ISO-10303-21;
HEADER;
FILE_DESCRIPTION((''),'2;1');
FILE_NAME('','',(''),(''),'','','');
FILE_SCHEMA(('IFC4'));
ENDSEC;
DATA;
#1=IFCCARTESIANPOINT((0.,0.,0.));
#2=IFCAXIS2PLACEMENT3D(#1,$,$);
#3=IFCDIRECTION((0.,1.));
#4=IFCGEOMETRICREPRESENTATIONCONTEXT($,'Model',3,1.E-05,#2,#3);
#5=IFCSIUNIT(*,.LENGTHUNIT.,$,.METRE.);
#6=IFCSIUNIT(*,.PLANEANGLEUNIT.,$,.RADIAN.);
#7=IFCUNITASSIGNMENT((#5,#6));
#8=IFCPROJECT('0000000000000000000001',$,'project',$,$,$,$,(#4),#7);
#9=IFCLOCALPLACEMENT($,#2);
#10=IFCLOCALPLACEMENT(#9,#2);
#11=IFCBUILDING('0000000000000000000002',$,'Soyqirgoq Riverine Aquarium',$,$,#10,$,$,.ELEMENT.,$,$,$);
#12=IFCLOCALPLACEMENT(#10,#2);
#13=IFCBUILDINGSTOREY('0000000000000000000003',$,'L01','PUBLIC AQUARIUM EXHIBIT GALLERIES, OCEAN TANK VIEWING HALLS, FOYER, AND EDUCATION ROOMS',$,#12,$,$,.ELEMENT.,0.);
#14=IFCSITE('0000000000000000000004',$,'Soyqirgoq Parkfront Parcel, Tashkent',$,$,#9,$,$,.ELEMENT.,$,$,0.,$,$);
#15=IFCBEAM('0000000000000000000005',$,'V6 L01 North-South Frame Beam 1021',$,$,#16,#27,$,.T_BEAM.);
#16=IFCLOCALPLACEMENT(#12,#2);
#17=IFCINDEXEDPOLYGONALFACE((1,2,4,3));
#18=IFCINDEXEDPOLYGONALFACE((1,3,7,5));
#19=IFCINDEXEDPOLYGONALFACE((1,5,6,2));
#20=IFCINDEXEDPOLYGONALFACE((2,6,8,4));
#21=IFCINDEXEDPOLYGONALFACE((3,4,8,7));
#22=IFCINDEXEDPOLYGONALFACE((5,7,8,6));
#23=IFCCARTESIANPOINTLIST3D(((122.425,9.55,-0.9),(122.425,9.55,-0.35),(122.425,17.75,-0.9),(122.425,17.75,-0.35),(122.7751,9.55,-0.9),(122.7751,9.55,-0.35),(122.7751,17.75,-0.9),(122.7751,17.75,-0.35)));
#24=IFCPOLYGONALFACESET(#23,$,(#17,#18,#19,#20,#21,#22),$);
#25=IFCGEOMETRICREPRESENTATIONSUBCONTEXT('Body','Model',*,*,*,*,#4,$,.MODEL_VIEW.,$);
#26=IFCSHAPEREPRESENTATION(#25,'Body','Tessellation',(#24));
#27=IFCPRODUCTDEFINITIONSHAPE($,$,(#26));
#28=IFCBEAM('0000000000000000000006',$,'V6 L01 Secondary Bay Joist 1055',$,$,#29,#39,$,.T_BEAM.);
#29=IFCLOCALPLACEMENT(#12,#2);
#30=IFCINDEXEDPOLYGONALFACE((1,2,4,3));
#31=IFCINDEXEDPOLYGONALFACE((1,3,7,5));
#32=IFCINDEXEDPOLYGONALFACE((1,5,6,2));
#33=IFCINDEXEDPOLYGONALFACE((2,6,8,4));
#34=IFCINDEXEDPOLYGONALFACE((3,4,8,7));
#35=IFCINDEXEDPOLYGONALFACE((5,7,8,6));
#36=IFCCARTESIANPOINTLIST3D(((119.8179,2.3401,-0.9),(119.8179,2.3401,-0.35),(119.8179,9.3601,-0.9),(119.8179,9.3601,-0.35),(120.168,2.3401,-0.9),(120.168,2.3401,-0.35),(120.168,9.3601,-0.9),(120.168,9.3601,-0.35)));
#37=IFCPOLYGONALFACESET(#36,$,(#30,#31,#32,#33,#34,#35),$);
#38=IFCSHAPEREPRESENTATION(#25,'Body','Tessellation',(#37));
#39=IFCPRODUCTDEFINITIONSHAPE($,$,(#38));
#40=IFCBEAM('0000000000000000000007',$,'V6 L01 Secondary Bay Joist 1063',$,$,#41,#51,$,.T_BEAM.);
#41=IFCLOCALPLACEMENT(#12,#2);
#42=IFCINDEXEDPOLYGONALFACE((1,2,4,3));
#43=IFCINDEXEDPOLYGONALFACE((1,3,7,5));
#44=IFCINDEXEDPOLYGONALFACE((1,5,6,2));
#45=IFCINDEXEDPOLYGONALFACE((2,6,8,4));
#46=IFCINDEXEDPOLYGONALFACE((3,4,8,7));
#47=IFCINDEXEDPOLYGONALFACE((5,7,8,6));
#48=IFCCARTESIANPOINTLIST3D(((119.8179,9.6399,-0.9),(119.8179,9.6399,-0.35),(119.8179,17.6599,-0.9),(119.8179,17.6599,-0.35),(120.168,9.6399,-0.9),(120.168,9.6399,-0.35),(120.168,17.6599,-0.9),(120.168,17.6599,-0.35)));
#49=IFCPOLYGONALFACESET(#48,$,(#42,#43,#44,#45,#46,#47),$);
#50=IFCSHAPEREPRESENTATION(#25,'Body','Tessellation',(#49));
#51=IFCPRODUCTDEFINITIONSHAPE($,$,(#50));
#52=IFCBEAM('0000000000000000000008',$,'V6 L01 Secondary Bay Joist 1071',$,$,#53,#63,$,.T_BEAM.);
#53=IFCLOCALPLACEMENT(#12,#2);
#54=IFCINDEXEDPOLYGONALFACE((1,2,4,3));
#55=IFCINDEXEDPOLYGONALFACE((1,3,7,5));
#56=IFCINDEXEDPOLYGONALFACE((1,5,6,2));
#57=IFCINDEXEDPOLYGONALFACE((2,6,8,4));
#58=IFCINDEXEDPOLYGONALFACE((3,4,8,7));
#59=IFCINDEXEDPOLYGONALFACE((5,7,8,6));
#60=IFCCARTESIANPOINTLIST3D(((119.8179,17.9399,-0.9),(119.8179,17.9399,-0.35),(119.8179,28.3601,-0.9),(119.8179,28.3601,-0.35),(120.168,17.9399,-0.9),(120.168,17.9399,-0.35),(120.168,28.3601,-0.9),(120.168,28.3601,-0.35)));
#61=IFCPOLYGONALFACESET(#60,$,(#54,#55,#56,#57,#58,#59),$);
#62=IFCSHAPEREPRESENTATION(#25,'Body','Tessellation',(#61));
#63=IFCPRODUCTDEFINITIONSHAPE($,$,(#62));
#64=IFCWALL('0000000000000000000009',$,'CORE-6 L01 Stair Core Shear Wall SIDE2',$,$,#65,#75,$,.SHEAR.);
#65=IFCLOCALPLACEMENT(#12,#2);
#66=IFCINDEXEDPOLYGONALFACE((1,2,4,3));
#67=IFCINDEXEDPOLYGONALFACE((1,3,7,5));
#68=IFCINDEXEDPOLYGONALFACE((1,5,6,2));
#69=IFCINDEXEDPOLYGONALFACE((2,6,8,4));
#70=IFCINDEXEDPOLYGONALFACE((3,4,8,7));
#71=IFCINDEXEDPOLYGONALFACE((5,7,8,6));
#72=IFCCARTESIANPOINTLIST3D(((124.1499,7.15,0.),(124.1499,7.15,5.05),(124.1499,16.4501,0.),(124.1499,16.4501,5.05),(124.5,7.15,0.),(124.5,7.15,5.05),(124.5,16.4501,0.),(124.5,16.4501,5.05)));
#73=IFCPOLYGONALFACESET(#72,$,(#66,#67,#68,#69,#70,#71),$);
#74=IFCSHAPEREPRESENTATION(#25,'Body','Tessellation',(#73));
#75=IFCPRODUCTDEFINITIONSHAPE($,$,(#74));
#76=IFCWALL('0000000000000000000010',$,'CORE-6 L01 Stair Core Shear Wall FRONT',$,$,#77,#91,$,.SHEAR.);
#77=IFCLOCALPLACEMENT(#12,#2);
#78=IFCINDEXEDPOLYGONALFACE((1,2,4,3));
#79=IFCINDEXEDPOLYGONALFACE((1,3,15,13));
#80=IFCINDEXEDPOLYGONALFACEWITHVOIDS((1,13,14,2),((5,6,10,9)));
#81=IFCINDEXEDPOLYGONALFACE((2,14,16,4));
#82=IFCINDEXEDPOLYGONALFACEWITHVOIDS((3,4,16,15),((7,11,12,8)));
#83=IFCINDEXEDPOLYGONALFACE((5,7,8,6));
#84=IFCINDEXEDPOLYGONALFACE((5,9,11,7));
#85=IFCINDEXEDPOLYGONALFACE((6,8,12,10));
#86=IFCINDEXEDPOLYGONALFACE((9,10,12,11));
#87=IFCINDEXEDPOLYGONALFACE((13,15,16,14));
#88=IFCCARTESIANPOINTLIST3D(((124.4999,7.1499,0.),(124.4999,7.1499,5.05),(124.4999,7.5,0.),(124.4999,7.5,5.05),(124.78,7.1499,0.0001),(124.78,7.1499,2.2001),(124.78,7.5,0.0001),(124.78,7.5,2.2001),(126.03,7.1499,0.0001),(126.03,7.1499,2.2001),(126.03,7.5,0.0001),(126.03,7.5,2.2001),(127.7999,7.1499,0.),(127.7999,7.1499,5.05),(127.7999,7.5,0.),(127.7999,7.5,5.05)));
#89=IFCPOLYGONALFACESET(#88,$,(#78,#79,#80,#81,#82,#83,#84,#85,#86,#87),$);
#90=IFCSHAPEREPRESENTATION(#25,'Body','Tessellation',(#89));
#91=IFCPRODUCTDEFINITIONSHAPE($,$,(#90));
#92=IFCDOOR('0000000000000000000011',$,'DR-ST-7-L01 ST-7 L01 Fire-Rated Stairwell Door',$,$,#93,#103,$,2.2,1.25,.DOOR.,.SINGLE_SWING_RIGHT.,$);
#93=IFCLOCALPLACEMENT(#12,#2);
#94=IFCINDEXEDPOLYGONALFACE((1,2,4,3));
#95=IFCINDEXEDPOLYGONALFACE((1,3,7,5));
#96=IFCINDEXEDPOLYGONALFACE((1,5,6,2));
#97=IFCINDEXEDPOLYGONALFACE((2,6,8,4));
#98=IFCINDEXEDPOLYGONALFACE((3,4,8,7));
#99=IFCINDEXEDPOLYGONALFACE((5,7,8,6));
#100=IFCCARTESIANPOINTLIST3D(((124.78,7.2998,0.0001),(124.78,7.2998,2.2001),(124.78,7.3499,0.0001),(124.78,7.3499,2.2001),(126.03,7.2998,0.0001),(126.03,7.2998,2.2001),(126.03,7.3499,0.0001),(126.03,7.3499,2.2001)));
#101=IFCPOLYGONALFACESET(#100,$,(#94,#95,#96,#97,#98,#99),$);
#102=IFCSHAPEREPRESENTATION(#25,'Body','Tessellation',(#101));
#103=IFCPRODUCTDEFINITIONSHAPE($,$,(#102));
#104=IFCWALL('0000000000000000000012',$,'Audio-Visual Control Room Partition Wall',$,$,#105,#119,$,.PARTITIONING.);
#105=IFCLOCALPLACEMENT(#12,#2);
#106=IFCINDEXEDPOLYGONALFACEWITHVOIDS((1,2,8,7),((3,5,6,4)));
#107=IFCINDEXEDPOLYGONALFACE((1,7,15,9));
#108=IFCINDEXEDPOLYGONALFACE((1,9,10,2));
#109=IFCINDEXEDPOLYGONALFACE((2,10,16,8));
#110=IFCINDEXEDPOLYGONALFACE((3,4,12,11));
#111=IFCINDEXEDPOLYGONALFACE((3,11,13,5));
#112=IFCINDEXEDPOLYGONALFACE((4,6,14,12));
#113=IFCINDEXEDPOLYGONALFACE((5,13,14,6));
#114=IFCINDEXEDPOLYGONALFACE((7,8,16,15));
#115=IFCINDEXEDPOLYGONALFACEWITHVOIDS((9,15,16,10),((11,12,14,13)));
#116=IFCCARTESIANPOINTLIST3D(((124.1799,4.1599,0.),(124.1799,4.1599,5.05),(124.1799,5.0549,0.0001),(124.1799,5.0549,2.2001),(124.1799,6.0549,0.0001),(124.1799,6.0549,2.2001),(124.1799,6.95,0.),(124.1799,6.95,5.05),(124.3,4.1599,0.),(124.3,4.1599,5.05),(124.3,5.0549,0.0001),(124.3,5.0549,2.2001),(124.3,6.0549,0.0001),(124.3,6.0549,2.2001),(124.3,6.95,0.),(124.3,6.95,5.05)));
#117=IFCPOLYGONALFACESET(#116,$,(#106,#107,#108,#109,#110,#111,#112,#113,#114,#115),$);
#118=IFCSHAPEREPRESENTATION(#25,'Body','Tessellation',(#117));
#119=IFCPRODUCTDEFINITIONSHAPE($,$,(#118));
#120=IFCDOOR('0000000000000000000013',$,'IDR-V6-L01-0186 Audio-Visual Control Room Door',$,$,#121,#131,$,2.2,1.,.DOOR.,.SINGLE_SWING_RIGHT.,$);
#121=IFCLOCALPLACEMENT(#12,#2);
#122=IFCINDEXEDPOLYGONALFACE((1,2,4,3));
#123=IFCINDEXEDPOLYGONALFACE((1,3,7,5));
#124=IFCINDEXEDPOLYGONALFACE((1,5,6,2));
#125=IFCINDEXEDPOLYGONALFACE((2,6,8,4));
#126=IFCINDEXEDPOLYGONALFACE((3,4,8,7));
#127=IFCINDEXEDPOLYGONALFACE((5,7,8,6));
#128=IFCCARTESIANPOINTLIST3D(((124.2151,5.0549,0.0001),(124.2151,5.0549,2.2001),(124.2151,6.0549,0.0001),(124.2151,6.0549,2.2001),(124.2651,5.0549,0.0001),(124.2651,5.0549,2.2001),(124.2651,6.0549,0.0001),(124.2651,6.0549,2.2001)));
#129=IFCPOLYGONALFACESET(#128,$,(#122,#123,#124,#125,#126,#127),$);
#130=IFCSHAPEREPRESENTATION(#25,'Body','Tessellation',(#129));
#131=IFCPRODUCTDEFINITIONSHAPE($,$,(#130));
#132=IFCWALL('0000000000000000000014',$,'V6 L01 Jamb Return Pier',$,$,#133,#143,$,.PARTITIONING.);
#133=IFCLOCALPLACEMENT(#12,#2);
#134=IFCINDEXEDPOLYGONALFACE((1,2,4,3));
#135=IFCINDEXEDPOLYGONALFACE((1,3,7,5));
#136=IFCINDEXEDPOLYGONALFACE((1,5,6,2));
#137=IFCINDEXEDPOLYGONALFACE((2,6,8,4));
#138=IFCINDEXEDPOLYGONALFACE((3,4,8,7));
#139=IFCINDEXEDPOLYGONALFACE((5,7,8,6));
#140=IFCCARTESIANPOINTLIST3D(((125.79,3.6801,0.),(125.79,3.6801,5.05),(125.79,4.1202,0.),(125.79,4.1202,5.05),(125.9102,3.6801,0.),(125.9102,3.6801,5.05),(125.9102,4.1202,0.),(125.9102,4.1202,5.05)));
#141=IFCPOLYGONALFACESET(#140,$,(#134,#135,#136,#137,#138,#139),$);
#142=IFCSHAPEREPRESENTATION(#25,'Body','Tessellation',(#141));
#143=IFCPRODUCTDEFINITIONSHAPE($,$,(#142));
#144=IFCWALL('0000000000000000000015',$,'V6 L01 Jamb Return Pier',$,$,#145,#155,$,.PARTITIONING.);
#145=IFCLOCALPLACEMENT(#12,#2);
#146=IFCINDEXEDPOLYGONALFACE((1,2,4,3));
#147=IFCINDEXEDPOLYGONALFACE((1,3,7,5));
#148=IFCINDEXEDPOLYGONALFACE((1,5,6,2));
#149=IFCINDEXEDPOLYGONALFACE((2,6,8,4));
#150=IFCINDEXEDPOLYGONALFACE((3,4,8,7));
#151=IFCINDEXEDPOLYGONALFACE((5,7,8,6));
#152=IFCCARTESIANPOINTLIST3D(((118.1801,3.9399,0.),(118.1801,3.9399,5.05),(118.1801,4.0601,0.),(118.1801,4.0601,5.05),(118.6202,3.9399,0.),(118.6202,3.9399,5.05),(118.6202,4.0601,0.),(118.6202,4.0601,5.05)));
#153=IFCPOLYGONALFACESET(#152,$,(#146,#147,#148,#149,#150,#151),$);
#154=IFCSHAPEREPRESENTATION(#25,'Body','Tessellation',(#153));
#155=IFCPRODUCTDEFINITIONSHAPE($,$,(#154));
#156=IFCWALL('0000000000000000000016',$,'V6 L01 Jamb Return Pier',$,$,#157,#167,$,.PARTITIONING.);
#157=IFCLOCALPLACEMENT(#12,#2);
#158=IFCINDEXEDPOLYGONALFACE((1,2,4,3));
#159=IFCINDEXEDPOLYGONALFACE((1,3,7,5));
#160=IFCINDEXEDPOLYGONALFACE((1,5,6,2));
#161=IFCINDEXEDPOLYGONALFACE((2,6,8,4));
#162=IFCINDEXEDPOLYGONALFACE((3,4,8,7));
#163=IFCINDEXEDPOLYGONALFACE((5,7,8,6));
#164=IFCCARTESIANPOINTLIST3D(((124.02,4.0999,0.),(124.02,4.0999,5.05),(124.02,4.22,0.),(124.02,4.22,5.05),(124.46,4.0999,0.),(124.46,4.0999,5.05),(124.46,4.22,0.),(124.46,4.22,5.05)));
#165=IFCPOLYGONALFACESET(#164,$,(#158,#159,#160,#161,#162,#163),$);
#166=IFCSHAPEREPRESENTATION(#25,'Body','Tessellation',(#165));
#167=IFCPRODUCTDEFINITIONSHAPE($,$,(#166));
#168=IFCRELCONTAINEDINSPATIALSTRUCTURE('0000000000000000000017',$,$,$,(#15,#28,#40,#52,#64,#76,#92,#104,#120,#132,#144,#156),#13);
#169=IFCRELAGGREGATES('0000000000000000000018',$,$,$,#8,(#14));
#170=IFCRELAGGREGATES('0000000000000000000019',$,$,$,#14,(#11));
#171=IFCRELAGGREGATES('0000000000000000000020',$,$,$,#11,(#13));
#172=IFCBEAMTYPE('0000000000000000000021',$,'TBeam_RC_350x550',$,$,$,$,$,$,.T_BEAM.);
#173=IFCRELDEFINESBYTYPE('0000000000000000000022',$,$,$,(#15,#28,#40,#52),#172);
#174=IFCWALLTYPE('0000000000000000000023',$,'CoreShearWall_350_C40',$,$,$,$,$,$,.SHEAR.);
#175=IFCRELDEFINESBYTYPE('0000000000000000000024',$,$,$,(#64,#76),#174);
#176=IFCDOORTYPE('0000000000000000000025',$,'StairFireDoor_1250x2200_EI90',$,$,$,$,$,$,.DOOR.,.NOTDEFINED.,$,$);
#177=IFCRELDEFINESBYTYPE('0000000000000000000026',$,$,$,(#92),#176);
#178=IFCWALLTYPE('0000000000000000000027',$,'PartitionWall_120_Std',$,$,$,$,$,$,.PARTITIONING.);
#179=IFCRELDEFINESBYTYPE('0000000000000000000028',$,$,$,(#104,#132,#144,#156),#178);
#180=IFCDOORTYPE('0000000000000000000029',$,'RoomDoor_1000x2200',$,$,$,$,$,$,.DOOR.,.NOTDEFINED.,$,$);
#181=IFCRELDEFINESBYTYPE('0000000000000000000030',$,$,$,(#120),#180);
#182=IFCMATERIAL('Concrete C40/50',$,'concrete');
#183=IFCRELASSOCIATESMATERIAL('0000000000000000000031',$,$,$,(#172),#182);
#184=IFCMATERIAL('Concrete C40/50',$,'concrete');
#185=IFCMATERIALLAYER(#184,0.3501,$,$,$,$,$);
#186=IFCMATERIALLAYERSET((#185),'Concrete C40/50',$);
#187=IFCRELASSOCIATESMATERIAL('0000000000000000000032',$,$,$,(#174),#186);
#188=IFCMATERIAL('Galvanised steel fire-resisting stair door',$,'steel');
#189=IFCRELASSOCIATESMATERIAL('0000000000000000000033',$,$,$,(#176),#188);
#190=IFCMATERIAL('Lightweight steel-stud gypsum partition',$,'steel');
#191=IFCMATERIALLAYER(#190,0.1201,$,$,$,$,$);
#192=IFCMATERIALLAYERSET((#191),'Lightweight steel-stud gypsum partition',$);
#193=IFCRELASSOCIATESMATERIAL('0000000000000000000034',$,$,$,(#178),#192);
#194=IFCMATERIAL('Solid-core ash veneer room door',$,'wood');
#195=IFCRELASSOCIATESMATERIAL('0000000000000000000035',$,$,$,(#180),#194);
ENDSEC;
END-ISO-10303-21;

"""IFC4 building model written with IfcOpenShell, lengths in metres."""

from ifc_helpers import new_model, si_unit, direction, frame, frame_2d, origin, origin_2d, place, context, subcontext, project, spatial, rectangle, extrude, material, layer, layer_set, material_profile, profile_set, type_object, element, fill, save


model = new_model("IFC4")

# Units and contexts
model_context = context("Model", 3, precision=1e-05, world=origin(), true_north=direction((0.0, 1.0)))
body_context = subcontext(model_context, "Body", "Model", "MODEL_VIEW")
ifc_project = project(units=[si_unit("LENGTHUNIT", "METRE"), si_unit("PLANEANGLEUNIT", "RADIAN")], contexts=[model_context])

# Site, building, storey
site_placement = place(None, origin())
site = spatial("IfcSite", under=ifc_project, at=site_placement, Name="Soyqirgoq Parkfront Parcel, Tashkent", CompositionType="ELEMENT", RefElevation=0.0)
building_placement = place(site_placement, origin())
building = spatial("IfcBuilding", under=site, at=building_placement, Name="Soyqirgoq Riverine Aquarium", CompositionType="ELEMENT")
storey_placement = place(building_placement, origin())
storey = spatial("IfcBuildingStorey", under=building, at=storey_placement, Name="L01", Description="PUBLIC AQUARIUM EXHIBIT GALLERIES, OCEAN TANK VIEWING HALLS, FOYER, AND EDUCATION ROOMS", CompositionType="ELEMENT", Elevation=0.0)

# Beams
ifc_material_1 = material(Name="Concrete C40/50", Category="concrete")
ifc_material_profile_1 = material_profile(ifc_material_1, rectangle(XDim=0.3501, YDim=0.55, at=origin_2d()), Name="RC 350x550")
ifc_profile_set_1 = profile_set([ifc_material_profile_1], Name="Concrete C40/50")
beam_type_1 = type_object("IfcBeamType", Name="TBeam_RC_350x550", PredefinedType="T_BEAM", material=ifc_profile_set_1)
beam_1_placement = place(storey_placement, frame((122.6001, 9.55, -0.625), z_axis=(0.0, 1.0, 0.0), x_axis=(-1.0, 0.0, 0.0)))
element("IfcBeam", 1, at=beam_1_placement, inside=storey, type_object=beam_type_1, Name="V6 L01 North-South Frame Beam 1021", PredefinedType="T_BEAM", context=body_context, shape_type="SweptSolid", body=[
    extrude(rectangle(XDim=0.3501, YDim=0.55, at=origin_2d()), origin(), (0.0, 0.0, 1.0), 8.2),
])
beam_2_placement = place(storey_placement, frame((119.9929, 2.3401, -0.625), z_axis=(0.0, 1.0, 0.0), x_axis=(-1.0, 0.0, 0.0)))
element("IfcBeam", 2, at=beam_2_placement, inside=storey, type_object=beam_type_1, Name="V6 L01 Secondary Bay Joist 1055", PredefinedType="T_BEAM", context=body_context, shape_type="SweptSolid", body=[
    extrude(rectangle(XDim=0.3501, YDim=0.55, at=origin_2d()), origin(), (0.0, 0.0, 1.0), 7.02),
])
beam_3_placement = place(storey_placement, frame((119.9929, 9.6399, -0.625), z_axis=(0.0, 1.0, 0.0), x_axis=(-1.0, 0.0, 0.0)))
element("IfcBeam", 3, at=beam_3_placement, inside=storey, type_object=beam_type_1, Name="V6 L01 Secondary Bay Joist 1063", PredefinedType="T_BEAM", context=body_context, shape_type="SweptSolid", body=[
    extrude(rectangle(XDim=0.3501, YDim=0.55, at=origin_2d()), origin(), (0.0, 0.0, 1.0), 8.02),
])
beam_4_placement = place(storey_placement, frame((119.9929, 17.9399, -0.625), z_axis=(0.0, 1.0, 0.0), x_axis=(-1.0, 0.0, 0.0)))
element("IfcBeam", 4, at=beam_4_placement, inside=storey, type_object=beam_type_1, Name="V6 L01 Secondary Bay Joist 1071", PredefinedType="T_BEAM", context=body_context, shape_type="SweptSolid", body=[
    extrude(rectangle(XDim=0.3501, YDim=0.55, at=origin_2d()), origin(), (0.0, 0.0, 1.0), 10.4202),
])

# Wall
ifc_material_2 = material(Name="Concrete C40/50", Category="concrete")
ifc_layer_1 = layer(ifc_material_2, 0.3501)
ifc_layer_set_1 = layer_set([ifc_layer_1], Name="Concrete C40/50")
wall_type_1 = type_object("IfcWallType", Name="CoreShearWall_350_C40", PredefinedType="SHEAR", material=ifc_layer_set_1)
wall_1_placement = place(storey_placement, frame((124.325, 16.45, 0.0), z_axis=(0.0, 0.0, 1.0), x_axis=(0.0, -1.0, 0.0)))
element("IfcWall", 5, at=wall_1_placement, inside=storey, type_object=wall_type_1, Name="CORE-6 L01 Stair Core Shear Wall SIDE2", PredefinedType="SHEAR", context=body_context, shape_type="SweptSolid", body=[
    extrude(rectangle(XDim=9.3, YDim=0.3501, at=frame_2d((4.6499, 0.0))), origin(), (0.0, 0.0, 1.0), 5.05),
])

# Walls, openings, doors
wall_2_placement = place(storey_placement, frame((124.5, 7.325, 0.0), z_axis=(0.0, 0.0, 1.0), x_axis=(1.0, 0.0, 0.0)))
wall_2 = element("IfcWall", 6, at=wall_2_placement, inside=storey, type_object=wall_type_1, Name="CORE-6 L01 Stair Core Shear Wall FRONT", PredefinedType="SHEAR", context=body_context, shape_type="SweptSolid", body=[
    extrude(rectangle(XDim=3.3, YDim=0.3501, at=frame_2d((1.6499, 0.0))), origin(), (0.0, 0.0, 1.0), 5.05),
])
opening_1_placement = place(wall_2_placement, frame((0.28, 0.0, 0.0)))
opening_1 = element("IfcOpeningElement", 7, at=opening_1_placement, cuts=wall_2, PredefinedType="OPENING", context=body_context, shape_type="SweptSolid", body=[
    extrude(rectangle(XDim=1.25, YDim=2.2, at=frame_2d((0.625, 1.1001))), frame((0.0, 0.1851, 0.0), z_axis=(0.0, -1.0, 0.0), x_axis=(1.0, 0.0, 0.0)), (0.0, 0.0, 1.0), 0.3701),
])
ifc_material_3 = material(Name="Galvanised steel fire-resisting stair door", Category="steel")
door_type_1 = type_object("IfcDoorType", Name="StairFireDoor_1250x2200_EI90", OperationType="NOTDEFINED", PredefinedType="DOOR", material=ifc_material_3)
door_1_placement = place(opening_1_placement, origin())
door_1 = element("IfcDoor", 8, at=door_1_placement, inside=storey, type_object=door_type_1, Name="DR-ST-7-L01 ST-7 L01 Fire-Rated Stairwell Door", OperationType="SINGLE_SWING_RIGHT", OverallHeight=2.2, OverallWidth=1.25, PredefinedType="DOOR", context=body_context, shape_type="SweptSolid", body=[
    extrude(rectangle(XDim=1.25, YDim=2.2, at=frame_2d((0.625, 1.1001))), frame((0.0, 0.0249, 0.0), z_axis=(0.0, -1.0, 0.0), x_axis=(1.0, 0.0, 0.0)), (0.0, 0.0, 1.0), 0.05),
])
fill(opening_1, door_1)
ifc_material_4 = material(Name="Lightweight steel-stud gypsum partition", Category="steel")
ifc_layer_2 = layer(ifc_material_4, 0.1201)
ifc_layer_set_2 = layer_set([ifc_layer_2], Name="Lightweight steel-stud gypsum partition")
wall_type_2 = type_object("IfcWallType", Name="PartitionWall_120_Std", PredefinedType="PARTITIONING", material=ifc_layer_set_2)
wall_3_placement = place(storey_placement, frame((124.24, 4.1599, 0.0), z_axis=(0.0, 0.0, 1.0), x_axis=(0.0, 1.0, 0.0)))
wall_3 = element("IfcWall", 9, at=wall_3_placement, inside=storey, type_object=wall_type_2, Name="Audio-Visual Control Room Partition Wall", PredefinedType="PARTITIONING", context=body_context, shape_type="SweptSolid", body=[
    extrude(rectangle(XDim=2.79, YDim=0.1201, at=frame_2d((1.395, 0.0))), origin(), (0.0, 0.0, 1.0), 5.05),
])
opening_2_placement = place(wall_3_placement, frame((0.895, 0.0, 0.0)))
opening_2 = element("IfcOpeningElement", 10, at=opening_2_placement, cuts=wall_3, PredefinedType="OPENING", context=body_context, shape_type="SweptSolid", body=[
    extrude(rectangle(XDim=1.0, YDim=2.2, at=frame_2d((0.5, 1.1001))), frame((0.0, 0.0701, 0.0), z_axis=(0.0, -1.0, 0.0), x_axis=(1.0, 0.0, 0.0)), (0.0, 0.0, 1.0), 0.1401),
])
ifc_material_5 = material(Name="Solid-core ash veneer room door", Category="wood")
door_type_2 = type_object("IfcDoorType", Name="RoomDoor_1000x2200", OperationType="NOTDEFINED", PredefinedType="DOOR", material=ifc_material_5)
door_2_placement = place(opening_2_placement, origin())
door_2 = element("IfcDoor", 11, at=door_2_placement, inside=storey, type_object=door_type_2, Name="IDR-V6-L01-0186 Audio-Visual Control Room Door", OperationType="SINGLE_SWING_RIGHT", OverallHeight=2.2, OverallWidth=1.0, PredefinedType="DOOR", context=body_context, shape_type="SweptSolid", body=[
    extrude(rectangle(XDim=1.0, YDim=2.2, at=frame_2d((0.5, 1.1001))), frame((0.0, 0.0249, 0.0), z_axis=(0.0, -1.0, 0.0), x_axis=(1.0, 0.0, 0.0)), (0.0, 0.0, 1.0), 0.05),
])
fill(opening_2, door_2)

# Walls
for number, where, z_axis, x_axis, name in (
    (12, (125.8501, 3.6799, 0.0), (0.0, 0.0, 1.0), (0.0, 1.0, 0.0), "V6 L01 Jamb Return Pier"),
    (13, (118.1799, 4.0, 0.0), (0.0, 0.0, 1.0), (1.0, 0.0, 0.0), "V6 L01 Jamb Return Pier"),
):
    element("IfcWall", number, at=place(storey_placement, frame(where, z_axis=z_axis, x_axis=x_axis)), inside=storey, type_object=wall_type_2, Name=name, PredefinedType="PARTITIONING", context=body_context, shape_type="SweptSolid", body=[
        extrude(rectangle(XDim=0.4402, YDim=0.1201, at=frame_2d((0.2202, 0.0))), origin(), (0.0, 0.0, 1.0), 5.05),
    ])
wall_4_placement = place(storey_placement, frame((124.46, 4.1599, 0.0), z_axis=(0.0, 0.0, 1.0), x_axis=(-1.0, 0.0, 0.0)))
element("IfcWall", 14, at=wall_4_placement, inside=storey, type_object=wall_type_2, Name="V6 L01 Jamb Return Pier", PredefinedType="PARTITIONING", context=body_context, shape_type="SweptSolid", body=[
    extrude(rectangle(XDim=0.4399, YDim=0.1201, at=frame_2d((0.22, 0.0))), origin(), (0.0, 0.0, 1.0), 5.05),
])

save(model, "model.ifc")
